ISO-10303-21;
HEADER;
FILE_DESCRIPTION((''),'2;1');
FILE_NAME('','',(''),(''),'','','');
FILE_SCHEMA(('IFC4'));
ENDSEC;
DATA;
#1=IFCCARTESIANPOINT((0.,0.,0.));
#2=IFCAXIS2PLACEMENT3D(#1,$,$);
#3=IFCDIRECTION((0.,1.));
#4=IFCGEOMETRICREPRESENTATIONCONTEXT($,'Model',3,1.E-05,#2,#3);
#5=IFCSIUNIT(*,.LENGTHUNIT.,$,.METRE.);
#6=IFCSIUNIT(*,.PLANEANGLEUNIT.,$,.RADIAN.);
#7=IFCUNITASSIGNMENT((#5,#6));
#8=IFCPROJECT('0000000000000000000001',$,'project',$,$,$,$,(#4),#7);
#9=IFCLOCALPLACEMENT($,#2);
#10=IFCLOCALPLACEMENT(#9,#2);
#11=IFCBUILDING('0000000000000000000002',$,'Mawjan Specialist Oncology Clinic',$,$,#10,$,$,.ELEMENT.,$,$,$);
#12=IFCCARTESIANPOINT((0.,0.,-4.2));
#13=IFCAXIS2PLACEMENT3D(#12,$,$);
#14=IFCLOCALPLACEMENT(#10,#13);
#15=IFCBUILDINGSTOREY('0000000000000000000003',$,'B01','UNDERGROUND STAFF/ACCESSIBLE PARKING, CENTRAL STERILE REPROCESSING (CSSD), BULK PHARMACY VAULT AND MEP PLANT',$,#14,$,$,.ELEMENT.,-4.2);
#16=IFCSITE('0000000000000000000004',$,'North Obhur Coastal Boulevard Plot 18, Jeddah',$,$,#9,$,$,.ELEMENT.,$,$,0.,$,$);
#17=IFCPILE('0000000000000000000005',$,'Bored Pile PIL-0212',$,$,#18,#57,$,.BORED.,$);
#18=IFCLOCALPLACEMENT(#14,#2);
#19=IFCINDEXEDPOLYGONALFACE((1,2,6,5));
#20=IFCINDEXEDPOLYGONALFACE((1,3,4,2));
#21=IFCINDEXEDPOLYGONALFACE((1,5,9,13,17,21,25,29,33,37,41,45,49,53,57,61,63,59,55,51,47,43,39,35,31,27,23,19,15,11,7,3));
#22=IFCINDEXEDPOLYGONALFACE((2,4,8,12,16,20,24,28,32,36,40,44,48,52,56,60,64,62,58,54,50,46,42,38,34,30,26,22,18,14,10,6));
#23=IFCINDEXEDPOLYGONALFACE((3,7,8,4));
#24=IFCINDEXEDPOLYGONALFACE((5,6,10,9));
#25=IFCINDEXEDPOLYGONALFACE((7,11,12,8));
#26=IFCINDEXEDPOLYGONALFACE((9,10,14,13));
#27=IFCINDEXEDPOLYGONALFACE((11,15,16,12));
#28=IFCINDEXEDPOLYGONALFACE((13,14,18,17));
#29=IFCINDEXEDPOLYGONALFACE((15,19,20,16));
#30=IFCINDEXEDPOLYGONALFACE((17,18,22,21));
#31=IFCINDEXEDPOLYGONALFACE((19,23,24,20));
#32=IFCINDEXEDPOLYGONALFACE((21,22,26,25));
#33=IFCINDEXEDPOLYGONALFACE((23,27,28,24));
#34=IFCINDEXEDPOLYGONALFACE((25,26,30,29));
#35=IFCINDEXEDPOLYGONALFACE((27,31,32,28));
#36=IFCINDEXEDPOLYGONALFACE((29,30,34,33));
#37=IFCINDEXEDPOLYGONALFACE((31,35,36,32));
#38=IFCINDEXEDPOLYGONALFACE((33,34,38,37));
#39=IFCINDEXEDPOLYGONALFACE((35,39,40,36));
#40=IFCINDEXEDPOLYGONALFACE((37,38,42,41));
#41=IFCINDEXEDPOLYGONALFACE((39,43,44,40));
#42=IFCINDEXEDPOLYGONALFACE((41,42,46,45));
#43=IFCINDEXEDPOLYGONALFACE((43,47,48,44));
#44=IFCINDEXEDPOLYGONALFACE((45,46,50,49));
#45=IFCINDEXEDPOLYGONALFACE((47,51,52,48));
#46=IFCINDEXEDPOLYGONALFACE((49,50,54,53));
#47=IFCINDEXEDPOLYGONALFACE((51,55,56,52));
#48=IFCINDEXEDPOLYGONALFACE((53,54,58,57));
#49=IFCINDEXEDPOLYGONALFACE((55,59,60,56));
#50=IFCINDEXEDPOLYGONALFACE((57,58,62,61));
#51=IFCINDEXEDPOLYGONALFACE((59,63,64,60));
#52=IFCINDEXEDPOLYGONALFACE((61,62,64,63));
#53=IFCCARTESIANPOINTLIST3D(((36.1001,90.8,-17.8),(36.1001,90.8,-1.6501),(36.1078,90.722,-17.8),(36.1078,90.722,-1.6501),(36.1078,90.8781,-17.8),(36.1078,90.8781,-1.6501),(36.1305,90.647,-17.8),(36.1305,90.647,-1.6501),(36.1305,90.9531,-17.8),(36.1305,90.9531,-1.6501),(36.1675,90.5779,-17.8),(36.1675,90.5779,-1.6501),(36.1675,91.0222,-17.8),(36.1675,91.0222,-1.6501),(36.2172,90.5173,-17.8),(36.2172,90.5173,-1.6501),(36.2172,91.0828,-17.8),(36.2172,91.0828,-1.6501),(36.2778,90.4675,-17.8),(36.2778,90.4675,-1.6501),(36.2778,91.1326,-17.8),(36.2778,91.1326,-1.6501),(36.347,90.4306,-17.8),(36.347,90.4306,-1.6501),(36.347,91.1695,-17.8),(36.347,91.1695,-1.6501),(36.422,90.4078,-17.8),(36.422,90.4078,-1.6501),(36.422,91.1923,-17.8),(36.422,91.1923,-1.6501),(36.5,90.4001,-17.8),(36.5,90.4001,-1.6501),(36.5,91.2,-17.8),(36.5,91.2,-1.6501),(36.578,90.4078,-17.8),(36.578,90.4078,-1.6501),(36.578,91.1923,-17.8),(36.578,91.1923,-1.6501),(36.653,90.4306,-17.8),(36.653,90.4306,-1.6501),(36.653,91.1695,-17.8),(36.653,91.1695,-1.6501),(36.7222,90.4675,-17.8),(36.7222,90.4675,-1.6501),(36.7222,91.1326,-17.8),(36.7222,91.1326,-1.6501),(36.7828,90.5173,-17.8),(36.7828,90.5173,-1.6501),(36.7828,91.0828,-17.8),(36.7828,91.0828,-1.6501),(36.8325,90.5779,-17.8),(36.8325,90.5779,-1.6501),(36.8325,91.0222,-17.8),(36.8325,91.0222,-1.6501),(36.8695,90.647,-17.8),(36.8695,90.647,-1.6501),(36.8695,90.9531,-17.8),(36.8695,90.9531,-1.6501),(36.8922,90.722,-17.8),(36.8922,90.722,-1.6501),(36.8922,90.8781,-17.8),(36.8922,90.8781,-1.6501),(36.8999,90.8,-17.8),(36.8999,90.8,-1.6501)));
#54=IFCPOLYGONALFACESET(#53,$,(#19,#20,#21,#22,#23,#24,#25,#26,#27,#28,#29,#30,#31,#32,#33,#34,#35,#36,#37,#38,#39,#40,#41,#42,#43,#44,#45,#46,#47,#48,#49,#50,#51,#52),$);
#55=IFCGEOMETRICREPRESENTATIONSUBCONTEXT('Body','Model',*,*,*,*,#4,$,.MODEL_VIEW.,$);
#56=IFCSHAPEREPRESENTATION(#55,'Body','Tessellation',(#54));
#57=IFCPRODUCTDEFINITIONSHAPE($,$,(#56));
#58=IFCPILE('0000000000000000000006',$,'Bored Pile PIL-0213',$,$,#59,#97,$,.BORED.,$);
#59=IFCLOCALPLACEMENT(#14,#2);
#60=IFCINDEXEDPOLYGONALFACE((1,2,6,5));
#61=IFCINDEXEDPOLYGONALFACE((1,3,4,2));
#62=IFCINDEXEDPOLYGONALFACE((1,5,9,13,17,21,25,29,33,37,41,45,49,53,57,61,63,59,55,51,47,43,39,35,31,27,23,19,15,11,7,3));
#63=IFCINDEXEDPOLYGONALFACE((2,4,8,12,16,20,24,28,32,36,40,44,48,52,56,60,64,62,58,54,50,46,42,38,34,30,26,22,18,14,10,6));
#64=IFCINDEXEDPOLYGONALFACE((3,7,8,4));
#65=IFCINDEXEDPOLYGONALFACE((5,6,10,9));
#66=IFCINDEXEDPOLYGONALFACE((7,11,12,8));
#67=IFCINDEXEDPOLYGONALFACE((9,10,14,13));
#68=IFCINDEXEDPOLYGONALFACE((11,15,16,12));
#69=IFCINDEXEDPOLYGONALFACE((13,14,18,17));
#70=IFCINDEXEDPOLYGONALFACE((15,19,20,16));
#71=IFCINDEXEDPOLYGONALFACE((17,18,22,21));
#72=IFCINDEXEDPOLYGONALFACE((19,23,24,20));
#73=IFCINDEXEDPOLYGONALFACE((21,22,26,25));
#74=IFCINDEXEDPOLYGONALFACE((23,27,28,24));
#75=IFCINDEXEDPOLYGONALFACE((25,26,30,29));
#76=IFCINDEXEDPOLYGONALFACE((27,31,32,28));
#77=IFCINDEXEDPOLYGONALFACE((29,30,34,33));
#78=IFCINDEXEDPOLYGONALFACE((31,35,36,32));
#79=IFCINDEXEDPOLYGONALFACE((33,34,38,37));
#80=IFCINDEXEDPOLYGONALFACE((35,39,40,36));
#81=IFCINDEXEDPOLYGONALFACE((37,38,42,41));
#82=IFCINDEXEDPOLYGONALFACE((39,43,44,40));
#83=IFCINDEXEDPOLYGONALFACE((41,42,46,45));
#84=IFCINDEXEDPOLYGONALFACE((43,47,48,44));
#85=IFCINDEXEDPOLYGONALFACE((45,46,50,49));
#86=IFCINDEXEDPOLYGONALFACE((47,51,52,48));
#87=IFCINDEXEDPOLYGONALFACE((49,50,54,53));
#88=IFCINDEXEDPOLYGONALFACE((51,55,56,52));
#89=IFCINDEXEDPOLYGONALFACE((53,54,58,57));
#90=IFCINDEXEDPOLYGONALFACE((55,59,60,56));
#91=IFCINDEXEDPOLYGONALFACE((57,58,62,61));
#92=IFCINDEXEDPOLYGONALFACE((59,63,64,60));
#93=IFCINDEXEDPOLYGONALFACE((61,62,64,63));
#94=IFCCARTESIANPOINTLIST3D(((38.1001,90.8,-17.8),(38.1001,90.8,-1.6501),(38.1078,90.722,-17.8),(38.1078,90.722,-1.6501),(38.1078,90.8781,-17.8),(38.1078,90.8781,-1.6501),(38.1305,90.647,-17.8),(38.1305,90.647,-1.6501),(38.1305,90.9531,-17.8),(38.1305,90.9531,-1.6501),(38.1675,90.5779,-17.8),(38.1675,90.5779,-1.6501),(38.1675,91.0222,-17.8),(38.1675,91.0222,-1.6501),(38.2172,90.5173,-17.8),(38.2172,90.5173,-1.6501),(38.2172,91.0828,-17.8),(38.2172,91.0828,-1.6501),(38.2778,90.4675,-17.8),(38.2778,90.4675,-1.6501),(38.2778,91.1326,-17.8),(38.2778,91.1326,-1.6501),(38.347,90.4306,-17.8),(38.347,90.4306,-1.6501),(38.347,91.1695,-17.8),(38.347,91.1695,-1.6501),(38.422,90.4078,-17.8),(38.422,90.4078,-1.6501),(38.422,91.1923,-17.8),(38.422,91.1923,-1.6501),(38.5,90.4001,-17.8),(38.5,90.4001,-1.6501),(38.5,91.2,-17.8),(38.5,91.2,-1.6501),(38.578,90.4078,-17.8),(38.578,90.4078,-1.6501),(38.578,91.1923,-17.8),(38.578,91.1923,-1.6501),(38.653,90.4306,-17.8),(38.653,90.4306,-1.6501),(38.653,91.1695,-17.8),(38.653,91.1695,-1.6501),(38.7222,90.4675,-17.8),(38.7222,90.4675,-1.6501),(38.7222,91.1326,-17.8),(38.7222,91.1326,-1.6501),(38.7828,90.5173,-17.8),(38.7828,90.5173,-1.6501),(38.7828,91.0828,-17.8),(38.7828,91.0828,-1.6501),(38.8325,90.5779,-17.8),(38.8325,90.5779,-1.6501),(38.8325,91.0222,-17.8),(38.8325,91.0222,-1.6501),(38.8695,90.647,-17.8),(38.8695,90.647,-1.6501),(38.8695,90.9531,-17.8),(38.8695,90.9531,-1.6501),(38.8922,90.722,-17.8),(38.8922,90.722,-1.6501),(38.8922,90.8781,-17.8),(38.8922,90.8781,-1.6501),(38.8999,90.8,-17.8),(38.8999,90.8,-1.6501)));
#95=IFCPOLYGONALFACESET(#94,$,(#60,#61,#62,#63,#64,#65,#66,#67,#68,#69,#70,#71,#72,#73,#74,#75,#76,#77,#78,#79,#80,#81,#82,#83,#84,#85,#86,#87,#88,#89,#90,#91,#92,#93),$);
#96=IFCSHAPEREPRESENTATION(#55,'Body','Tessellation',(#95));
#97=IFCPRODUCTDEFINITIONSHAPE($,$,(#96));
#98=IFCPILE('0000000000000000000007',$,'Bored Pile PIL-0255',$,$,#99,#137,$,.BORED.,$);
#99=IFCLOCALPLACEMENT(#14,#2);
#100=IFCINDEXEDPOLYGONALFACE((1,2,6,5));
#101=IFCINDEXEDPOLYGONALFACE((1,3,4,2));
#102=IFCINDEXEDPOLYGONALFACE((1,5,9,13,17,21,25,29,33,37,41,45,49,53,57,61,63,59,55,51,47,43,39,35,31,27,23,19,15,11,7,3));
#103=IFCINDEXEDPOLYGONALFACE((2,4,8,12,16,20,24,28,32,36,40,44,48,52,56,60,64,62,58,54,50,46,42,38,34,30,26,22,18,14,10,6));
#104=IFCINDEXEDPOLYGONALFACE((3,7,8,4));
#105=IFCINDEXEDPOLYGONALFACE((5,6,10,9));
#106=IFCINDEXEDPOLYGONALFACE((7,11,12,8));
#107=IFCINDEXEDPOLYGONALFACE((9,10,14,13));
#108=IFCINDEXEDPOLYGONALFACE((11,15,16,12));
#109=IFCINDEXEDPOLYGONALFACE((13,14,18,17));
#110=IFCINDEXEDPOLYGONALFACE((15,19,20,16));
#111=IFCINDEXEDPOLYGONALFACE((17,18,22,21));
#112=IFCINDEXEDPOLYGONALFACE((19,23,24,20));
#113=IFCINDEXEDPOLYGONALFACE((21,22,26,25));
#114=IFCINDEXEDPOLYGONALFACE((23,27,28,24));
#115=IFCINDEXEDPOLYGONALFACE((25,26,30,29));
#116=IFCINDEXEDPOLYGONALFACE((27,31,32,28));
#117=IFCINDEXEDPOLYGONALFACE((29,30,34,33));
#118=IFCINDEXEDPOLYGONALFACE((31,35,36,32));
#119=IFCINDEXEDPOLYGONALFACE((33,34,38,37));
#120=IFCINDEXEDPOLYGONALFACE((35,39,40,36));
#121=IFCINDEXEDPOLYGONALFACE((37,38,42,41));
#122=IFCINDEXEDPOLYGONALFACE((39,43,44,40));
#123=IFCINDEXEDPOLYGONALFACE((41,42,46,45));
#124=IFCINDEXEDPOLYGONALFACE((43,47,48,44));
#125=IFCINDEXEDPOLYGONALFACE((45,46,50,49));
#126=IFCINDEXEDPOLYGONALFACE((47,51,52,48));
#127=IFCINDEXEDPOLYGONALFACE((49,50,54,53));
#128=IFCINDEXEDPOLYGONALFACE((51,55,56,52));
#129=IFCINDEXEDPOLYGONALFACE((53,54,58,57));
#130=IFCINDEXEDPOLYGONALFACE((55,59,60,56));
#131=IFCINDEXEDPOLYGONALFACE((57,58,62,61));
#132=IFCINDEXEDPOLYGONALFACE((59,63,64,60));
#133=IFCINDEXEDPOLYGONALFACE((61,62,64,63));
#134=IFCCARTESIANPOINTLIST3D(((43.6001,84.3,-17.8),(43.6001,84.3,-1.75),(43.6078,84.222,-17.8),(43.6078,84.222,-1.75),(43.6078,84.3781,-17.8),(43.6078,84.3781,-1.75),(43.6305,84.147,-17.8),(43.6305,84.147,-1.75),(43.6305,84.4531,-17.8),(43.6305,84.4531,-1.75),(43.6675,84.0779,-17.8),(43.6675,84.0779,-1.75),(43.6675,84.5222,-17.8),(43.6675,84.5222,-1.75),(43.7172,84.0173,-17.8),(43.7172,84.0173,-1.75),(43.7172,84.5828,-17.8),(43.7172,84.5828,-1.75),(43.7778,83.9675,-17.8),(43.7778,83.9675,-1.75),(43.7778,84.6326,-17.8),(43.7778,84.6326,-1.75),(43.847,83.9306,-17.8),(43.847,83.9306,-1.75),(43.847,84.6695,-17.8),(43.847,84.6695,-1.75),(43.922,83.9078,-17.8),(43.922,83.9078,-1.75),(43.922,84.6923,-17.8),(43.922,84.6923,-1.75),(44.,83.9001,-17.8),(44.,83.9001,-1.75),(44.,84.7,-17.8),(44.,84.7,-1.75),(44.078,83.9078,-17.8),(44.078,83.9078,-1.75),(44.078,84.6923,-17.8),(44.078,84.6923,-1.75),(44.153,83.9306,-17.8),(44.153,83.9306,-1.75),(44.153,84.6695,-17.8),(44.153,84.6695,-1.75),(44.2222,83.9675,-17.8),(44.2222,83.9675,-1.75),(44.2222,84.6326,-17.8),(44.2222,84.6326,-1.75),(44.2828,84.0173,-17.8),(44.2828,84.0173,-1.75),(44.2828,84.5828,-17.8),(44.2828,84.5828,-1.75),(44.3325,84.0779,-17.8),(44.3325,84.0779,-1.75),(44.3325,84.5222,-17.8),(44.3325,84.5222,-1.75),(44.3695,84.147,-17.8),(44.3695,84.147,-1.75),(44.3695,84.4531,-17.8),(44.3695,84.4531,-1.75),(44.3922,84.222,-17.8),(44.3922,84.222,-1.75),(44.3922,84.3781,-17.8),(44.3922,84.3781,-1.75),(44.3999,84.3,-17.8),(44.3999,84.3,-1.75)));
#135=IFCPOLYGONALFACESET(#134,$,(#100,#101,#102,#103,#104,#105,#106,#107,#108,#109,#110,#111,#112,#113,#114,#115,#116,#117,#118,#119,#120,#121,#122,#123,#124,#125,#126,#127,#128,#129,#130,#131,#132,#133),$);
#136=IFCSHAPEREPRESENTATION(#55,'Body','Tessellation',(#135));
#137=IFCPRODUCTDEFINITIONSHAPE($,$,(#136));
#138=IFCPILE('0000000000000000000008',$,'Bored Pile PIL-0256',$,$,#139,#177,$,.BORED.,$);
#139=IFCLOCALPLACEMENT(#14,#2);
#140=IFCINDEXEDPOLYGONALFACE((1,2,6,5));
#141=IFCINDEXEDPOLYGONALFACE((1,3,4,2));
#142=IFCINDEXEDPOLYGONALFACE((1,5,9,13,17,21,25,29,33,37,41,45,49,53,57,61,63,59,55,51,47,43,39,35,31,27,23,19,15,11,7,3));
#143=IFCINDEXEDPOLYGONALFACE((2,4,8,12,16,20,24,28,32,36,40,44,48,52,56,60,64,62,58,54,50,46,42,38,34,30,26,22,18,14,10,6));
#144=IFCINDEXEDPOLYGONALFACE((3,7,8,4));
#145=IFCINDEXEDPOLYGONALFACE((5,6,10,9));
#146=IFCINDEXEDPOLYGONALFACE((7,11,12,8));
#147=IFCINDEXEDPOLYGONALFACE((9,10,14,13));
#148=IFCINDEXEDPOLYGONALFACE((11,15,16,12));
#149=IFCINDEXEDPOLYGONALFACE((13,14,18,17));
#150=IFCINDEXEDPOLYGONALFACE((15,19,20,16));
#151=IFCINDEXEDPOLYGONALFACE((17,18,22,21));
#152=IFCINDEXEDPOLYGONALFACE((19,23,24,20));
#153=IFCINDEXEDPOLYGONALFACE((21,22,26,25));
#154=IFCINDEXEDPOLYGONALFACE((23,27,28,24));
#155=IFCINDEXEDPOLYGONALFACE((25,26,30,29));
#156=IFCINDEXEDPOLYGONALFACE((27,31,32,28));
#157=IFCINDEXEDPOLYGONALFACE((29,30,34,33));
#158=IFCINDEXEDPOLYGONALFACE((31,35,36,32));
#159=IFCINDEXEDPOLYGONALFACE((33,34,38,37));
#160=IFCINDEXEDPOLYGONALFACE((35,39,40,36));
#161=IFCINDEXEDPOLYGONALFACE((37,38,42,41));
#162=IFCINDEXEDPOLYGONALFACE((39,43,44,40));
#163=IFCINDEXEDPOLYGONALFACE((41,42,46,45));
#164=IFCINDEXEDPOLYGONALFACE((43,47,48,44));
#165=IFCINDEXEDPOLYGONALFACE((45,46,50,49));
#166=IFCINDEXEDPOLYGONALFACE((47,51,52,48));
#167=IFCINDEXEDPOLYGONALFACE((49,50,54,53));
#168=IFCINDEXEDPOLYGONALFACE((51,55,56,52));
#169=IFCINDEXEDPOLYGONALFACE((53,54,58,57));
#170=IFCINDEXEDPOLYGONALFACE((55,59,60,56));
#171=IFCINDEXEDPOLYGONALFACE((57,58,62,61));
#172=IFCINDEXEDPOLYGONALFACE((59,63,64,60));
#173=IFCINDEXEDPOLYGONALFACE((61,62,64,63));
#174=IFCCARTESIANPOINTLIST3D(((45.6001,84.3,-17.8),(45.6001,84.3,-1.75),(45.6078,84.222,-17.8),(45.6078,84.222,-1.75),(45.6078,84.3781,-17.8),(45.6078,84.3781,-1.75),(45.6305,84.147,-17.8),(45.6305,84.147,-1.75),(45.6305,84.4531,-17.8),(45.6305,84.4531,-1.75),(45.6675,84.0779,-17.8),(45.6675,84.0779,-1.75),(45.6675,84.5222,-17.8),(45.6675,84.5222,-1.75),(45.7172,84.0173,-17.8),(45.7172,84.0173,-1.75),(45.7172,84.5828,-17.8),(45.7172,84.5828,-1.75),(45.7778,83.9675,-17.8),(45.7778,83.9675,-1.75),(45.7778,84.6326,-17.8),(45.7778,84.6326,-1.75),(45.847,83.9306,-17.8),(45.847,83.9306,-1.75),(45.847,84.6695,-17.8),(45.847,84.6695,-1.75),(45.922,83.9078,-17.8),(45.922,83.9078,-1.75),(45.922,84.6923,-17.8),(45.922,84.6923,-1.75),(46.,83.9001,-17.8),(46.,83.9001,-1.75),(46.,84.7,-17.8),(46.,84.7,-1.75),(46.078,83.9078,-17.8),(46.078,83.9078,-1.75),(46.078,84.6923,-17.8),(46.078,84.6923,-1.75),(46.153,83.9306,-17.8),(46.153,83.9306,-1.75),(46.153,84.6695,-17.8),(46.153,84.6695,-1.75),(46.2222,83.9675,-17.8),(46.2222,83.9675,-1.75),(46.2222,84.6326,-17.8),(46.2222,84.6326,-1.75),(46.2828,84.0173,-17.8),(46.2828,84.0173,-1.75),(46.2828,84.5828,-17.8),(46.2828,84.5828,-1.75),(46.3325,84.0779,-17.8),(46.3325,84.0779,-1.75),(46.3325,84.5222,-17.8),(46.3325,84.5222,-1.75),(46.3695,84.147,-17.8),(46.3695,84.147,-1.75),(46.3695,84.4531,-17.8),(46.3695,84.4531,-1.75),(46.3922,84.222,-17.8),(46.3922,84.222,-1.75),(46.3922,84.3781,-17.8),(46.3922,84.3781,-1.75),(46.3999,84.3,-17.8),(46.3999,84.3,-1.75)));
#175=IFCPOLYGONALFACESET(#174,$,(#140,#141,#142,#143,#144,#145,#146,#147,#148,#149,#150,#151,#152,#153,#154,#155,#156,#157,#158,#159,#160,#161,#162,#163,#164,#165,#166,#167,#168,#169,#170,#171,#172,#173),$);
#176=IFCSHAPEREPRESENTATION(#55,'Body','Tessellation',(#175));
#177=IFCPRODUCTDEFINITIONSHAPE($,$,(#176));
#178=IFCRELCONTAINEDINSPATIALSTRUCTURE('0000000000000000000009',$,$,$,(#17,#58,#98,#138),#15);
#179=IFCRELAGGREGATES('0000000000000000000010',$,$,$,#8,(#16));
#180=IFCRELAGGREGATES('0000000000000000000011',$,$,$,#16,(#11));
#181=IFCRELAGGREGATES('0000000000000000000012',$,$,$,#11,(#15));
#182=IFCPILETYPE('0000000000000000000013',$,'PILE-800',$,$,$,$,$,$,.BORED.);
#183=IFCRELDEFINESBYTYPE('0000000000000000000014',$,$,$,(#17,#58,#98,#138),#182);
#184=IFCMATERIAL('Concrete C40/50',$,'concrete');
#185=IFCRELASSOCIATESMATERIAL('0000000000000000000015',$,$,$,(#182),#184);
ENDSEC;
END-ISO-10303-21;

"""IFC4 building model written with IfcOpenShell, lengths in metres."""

from ifc_helpers import new_model, si_unit, direction, frame, origin, origin_2d, place, context, subcontext, project, spatial, circle, extrude, material, material_profile, profile_set, type_object, element, save


model = new_model("IFC4")

# Units and contexts
model_context = context("Model", 3, precision=1e-05, world=origin(), true_north=direction((0.0, 1.0)))
body_context = subcontext(model_context, "Body", "Model", "MODEL_VIEW")
ifc_project = project(units=[si_unit("LENGTHUNIT", "METRE"), si_unit("PLANEANGLEUNIT", "RADIAN")], contexts=[model_context])

# Site, building, storey
site_placement = place(None, origin())
site = spatial("IfcSite", under=ifc_project, at=site_placement, Name="North Obhur Coastal Boulevard Plot 18, Jeddah", CompositionType="ELEMENT", RefElevation=0.0)
building_placement = place(site_placement, origin())
building = spatial("IfcBuilding", under=site, at=building_placement, Name="Mawjan Specialist Oncology Clinic", CompositionType="ELEMENT")
storey_placement = place(building_placement, frame((0.0, 0.0, -4.2)))
storey = spatial("IfcBuildingStorey", under=building, at=storey_placement, Name="B01", Description="UNDERGROUND STAFF/ACCESSIBLE PARKING, CENTRAL STERILE REPROCESSING (CSSD), BULK PHARMACY VAULT AND MEP PLANT", CompositionType="ELEMENT", Elevation=-4.2)

# Piles
ifc_material_1 = material(Name="Concrete C40/50", Category="concrete")
ifc_material_profile_1 = material_profile(ifc_material_1, circle(Radius=0.3999, at=origin_2d()), Name="BORED PILE D800", Category="concrete")
ifc_profile_set_1 = profile_set([ifc_material_profile_1], Name="Concrete C40/50")
pile_type = type_object("IfcPileType", Name="PILE-800", PredefinedType="BORED", material=ifc_profile_set_1)
for number, where, z_axis, x_axis, name in (
    (1, (36.5, 90.8, -1.6501), (0.0, 0.0, -1.0), (1.0, 0.0, 0.0), "Bored Pile PIL-0212"),
    (2, (38.5, 90.8, -1.6501), (0.0, 0.0, -1.0), (1.0, 0.0, 0.0), "Bored Pile PIL-0213"),
):
    element("IfcPile", number, at=place(storey_placement, frame(where, z_axis=z_axis, x_axis=x_axis)), inside=storey, type_object=pile_type, Name=name, PredefinedType="BORED", context=body_context, shape_type="SweptSolid", body=[
        extrude(circle(Radius=0.3999, at=origin_2d()), origin(), (0.0, 0.0, 1.0), 16.1499),
    ])
for number, where, z_axis, x_axis, name in (
    (3, (44.0, 84.3, -1.75), (0.0, 0.0, -1.0), (1.0, 0.0, 0.0), "Bored Pile PIL-0255"),
    (4, (46.0, 84.3, -1.75), (0.0, 0.0, -1.0), (1.0, 0.0, 0.0), "Bored Pile PIL-0256"),
):
    element("IfcPile", number, at=place(storey_placement, frame(where, z_axis=z_axis, x_axis=x_axis)), inside=storey, type_object=pile_type, Name=name, PredefinedType="BORED", context=body_context, shape_type="SweptSolid", body=[
        extrude(circle(Radius=0.3999, at=origin_2d()), origin(), (0.0, 0.0, 1.0), 16.05),
    ])

save(model, "model.ifc")
